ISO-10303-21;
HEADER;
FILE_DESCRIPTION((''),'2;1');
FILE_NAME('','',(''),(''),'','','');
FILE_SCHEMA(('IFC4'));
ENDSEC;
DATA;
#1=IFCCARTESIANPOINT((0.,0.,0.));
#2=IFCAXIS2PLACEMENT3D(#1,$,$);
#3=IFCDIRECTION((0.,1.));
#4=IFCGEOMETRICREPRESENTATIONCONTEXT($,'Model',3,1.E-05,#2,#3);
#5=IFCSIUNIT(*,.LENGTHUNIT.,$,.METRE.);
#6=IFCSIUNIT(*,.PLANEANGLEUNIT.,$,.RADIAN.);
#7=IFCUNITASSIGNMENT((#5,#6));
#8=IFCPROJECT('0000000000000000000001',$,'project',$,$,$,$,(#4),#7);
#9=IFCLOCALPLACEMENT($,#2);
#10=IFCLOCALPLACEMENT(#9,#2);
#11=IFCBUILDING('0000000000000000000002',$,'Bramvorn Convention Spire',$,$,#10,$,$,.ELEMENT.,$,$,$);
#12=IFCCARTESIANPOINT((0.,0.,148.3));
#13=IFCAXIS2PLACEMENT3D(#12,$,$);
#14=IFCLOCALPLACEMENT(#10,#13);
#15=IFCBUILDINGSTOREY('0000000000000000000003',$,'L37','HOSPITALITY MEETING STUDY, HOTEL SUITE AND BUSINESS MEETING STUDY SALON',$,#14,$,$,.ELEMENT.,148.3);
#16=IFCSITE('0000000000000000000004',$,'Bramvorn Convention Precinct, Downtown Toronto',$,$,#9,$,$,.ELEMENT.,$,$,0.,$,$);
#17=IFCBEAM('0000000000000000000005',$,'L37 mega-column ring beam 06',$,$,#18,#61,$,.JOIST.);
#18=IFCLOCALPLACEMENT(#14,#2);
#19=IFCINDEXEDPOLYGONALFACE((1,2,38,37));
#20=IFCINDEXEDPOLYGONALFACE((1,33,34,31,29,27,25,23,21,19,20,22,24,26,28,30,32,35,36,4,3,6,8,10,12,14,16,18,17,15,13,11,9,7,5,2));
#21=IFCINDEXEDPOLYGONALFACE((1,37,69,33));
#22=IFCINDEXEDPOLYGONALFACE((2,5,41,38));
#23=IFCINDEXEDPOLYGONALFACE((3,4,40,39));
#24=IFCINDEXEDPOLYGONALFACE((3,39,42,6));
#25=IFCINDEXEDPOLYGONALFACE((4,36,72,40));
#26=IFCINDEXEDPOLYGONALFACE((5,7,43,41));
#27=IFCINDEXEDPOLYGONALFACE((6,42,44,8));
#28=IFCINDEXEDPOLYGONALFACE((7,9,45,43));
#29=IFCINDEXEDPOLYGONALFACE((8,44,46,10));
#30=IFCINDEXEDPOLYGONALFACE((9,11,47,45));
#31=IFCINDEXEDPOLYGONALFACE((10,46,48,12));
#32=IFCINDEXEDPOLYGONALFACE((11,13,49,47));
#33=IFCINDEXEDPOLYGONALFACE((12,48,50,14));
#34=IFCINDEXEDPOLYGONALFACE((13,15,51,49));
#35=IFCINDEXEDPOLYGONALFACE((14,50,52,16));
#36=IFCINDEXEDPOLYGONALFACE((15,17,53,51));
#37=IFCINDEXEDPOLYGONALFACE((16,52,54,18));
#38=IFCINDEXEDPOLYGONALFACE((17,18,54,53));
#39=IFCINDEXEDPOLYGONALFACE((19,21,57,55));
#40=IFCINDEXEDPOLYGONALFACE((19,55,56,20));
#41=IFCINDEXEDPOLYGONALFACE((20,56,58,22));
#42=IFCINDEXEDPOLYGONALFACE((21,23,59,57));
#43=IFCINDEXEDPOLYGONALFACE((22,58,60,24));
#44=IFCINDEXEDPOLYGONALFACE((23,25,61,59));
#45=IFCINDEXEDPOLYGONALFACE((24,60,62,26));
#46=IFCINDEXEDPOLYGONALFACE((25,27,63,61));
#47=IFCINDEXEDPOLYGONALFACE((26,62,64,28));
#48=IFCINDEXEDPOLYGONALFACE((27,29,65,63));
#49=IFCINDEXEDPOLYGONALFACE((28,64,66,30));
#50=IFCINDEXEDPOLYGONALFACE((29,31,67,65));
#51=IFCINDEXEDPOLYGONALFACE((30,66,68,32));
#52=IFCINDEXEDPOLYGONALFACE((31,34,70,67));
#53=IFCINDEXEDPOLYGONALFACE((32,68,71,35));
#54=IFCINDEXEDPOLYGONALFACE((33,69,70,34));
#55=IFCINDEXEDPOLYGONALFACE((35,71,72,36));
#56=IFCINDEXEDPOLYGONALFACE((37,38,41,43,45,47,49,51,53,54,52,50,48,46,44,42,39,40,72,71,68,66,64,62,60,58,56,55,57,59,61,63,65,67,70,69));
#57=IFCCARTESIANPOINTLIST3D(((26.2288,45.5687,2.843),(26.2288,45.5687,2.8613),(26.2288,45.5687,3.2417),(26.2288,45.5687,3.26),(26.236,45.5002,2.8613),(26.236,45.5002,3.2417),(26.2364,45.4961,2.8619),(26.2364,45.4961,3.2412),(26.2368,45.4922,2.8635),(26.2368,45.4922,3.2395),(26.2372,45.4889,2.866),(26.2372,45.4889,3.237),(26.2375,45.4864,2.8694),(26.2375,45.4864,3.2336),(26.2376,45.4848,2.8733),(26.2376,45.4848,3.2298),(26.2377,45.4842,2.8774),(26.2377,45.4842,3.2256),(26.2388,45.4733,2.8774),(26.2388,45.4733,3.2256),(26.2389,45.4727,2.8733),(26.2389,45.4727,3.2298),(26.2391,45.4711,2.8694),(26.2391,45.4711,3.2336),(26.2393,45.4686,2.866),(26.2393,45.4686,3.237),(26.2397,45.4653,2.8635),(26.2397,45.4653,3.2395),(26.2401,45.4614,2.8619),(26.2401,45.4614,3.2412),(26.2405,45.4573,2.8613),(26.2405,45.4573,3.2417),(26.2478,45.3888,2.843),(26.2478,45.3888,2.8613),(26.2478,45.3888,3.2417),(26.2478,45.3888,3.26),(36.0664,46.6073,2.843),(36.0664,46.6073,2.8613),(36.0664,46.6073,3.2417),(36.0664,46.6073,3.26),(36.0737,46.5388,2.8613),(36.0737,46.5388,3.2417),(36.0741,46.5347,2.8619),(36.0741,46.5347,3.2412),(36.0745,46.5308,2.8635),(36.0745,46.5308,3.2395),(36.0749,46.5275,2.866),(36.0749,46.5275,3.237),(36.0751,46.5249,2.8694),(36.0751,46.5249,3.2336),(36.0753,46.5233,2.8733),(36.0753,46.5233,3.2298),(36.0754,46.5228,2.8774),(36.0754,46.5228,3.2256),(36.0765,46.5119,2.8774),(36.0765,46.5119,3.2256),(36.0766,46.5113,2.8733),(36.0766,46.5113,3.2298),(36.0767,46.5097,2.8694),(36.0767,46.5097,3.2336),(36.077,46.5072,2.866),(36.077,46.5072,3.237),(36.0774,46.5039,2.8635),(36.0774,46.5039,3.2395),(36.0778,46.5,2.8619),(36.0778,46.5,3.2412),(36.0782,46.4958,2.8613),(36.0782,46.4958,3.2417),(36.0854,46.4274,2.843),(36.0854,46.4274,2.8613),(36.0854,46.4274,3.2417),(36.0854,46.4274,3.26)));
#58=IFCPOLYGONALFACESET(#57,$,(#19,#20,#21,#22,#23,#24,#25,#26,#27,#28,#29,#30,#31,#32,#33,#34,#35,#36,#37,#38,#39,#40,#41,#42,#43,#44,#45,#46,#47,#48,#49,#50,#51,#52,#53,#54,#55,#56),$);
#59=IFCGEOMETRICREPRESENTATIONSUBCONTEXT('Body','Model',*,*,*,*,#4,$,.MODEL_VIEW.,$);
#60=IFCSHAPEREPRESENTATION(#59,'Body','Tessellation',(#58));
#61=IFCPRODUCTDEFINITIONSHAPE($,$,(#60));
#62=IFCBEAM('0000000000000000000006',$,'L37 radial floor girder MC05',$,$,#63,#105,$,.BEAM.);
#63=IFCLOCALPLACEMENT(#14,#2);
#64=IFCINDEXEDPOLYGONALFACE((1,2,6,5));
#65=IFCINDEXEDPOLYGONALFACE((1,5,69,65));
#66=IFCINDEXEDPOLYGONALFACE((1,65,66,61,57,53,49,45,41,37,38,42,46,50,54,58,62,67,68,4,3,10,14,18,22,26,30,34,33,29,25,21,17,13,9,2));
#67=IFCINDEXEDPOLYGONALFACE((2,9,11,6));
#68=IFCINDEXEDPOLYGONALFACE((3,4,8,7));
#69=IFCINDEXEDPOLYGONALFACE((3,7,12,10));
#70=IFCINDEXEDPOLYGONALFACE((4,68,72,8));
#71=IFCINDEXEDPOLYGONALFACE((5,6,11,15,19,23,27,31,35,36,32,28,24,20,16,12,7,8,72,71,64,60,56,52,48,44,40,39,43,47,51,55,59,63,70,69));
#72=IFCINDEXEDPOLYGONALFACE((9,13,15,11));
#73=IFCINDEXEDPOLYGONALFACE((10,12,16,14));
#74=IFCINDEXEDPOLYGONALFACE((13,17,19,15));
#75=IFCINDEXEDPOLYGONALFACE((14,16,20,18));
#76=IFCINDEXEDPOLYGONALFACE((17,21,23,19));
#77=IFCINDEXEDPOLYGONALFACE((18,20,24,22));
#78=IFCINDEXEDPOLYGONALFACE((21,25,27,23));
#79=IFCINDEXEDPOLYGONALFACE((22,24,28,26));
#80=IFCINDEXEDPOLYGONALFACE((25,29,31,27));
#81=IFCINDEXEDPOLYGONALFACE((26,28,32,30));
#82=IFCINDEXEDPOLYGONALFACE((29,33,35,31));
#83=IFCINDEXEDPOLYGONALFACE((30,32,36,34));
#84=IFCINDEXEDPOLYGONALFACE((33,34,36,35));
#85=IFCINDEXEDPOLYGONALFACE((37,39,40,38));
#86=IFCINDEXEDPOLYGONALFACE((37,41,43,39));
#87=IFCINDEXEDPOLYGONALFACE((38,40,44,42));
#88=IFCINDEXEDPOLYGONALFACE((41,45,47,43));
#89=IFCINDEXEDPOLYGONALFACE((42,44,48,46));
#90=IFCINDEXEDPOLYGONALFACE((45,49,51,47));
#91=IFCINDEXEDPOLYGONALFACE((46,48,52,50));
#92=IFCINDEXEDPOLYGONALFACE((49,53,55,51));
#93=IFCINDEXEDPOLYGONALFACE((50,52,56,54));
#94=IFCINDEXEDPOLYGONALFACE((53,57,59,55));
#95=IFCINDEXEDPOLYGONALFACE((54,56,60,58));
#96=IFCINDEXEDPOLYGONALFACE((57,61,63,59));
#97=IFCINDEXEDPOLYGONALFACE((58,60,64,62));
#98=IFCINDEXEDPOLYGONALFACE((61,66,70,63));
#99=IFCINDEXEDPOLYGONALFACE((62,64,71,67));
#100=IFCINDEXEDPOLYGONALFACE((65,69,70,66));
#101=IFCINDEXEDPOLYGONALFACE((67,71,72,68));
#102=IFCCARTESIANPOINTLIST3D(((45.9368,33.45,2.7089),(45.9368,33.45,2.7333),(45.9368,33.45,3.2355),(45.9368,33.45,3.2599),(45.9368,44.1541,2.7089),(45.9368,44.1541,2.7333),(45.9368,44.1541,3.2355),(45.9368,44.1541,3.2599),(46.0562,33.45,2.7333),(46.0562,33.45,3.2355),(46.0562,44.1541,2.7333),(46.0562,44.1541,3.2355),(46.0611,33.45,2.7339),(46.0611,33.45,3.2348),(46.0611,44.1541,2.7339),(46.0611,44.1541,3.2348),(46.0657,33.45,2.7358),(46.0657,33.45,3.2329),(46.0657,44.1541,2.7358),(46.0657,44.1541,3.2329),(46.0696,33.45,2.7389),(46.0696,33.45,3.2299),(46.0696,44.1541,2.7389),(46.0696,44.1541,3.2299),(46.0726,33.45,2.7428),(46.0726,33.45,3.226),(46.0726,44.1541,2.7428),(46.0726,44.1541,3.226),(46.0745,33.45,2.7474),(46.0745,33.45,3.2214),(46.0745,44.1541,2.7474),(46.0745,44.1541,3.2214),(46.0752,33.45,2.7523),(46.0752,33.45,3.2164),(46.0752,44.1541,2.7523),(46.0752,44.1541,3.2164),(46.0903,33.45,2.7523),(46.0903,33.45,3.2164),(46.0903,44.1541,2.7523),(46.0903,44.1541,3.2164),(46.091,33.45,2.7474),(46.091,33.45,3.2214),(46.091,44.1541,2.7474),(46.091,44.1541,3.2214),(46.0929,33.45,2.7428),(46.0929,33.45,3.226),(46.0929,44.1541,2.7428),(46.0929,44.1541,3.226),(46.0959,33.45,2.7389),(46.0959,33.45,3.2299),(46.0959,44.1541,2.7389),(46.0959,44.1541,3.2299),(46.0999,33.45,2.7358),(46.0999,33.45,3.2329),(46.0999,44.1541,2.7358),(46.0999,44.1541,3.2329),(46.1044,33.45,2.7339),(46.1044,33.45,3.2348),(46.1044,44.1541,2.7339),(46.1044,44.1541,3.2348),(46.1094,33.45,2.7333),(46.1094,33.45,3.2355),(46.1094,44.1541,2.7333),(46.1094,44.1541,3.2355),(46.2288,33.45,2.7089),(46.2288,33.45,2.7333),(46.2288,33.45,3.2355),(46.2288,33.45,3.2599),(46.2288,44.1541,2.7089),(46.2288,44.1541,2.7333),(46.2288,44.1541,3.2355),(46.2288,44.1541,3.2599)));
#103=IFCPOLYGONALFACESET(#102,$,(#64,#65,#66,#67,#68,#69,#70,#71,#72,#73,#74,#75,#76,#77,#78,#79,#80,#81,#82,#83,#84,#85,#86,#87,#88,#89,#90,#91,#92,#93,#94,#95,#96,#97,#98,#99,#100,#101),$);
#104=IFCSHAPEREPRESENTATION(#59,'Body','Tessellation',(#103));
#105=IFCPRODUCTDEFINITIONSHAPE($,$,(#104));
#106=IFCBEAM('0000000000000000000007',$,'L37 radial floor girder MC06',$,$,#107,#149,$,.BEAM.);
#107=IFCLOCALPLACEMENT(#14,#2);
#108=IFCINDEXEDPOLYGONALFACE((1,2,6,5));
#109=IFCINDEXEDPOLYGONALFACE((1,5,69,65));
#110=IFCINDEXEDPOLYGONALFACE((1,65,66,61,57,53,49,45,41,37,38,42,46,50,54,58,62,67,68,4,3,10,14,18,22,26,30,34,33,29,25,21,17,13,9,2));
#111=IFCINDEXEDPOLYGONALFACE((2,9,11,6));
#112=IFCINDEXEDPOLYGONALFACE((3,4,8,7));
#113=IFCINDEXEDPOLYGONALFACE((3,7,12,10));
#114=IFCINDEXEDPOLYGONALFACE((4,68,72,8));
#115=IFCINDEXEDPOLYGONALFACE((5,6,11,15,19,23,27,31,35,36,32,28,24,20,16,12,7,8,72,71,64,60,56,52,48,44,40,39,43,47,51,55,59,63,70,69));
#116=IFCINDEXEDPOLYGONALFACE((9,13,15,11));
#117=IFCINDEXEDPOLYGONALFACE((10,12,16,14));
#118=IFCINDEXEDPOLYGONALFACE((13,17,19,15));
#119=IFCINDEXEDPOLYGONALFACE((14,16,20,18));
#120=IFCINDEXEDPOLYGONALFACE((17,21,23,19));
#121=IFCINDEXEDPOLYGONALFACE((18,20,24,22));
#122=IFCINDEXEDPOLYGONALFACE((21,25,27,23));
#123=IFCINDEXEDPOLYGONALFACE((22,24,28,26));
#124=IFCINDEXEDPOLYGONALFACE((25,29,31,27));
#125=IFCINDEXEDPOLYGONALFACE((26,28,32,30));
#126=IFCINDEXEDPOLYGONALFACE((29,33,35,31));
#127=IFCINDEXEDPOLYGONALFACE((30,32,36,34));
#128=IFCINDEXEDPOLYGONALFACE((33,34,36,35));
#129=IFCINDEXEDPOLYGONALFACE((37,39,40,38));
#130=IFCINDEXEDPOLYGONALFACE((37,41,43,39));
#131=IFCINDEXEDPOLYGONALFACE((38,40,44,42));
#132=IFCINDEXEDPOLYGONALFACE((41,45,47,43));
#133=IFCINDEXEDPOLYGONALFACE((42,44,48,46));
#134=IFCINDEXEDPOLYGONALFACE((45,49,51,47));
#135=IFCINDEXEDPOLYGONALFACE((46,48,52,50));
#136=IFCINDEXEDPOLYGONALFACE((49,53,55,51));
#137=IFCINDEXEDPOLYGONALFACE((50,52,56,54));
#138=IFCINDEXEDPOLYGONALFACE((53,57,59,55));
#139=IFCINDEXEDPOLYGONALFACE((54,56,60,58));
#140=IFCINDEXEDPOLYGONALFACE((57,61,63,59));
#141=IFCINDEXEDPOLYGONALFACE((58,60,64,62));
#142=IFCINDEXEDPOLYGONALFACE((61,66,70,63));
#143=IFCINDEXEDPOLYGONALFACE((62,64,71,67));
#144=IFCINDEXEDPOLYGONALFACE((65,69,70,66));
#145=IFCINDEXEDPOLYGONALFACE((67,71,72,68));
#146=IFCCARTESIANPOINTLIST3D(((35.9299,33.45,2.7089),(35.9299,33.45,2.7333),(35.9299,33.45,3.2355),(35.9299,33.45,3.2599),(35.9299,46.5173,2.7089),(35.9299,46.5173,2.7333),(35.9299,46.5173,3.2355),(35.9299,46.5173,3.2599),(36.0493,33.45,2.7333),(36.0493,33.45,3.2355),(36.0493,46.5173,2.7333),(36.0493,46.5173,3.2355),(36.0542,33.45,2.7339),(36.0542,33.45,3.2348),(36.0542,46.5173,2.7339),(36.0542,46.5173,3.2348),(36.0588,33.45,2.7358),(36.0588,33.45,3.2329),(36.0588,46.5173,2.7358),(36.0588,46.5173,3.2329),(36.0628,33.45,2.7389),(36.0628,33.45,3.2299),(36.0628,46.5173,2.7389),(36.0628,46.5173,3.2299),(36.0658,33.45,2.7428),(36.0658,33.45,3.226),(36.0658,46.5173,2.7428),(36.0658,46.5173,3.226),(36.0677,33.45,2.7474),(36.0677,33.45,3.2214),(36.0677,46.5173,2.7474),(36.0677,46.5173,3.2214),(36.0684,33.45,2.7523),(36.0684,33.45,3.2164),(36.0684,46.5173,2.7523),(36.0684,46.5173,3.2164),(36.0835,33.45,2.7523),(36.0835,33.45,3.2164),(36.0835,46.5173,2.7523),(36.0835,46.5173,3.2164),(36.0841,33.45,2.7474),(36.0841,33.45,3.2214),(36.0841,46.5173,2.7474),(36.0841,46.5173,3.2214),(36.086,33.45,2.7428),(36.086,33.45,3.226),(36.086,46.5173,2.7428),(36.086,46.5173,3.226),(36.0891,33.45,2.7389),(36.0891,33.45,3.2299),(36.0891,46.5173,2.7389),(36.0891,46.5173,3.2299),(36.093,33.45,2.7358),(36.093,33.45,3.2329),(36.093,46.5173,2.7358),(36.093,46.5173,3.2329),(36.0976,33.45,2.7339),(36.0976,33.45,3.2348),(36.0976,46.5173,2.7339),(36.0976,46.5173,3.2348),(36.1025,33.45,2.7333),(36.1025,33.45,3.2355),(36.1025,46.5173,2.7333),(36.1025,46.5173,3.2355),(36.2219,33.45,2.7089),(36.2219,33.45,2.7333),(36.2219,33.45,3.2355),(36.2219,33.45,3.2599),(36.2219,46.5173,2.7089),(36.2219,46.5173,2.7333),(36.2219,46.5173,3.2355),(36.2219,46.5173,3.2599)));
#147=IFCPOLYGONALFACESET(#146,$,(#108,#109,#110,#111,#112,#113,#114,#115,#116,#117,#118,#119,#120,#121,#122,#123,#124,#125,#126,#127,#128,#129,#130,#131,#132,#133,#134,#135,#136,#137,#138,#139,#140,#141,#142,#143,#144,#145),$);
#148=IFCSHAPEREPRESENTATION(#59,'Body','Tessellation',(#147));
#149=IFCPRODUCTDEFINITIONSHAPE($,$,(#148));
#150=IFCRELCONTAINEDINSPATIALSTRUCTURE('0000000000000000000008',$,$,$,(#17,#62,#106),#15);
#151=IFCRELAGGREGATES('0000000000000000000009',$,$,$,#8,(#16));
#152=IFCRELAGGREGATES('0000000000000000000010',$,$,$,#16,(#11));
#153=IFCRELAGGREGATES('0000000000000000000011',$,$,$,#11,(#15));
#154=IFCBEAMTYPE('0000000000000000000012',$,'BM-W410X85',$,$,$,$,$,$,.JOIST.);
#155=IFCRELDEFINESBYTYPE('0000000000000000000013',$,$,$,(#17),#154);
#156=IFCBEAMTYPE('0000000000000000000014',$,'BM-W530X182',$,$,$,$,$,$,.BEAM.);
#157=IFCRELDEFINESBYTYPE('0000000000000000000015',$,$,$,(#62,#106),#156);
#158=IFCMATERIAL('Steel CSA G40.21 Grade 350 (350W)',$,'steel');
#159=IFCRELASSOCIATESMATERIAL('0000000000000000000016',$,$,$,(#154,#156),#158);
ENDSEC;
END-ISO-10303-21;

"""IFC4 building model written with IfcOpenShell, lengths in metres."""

from ifc_helpers import new_model, si_unit, direction, frame, origin, origin_2d, place, context, subcontext, project, spatial, i_section, extrude, material, material_profile, profile_set, type_object, element, save


model = new_model("IFC4")

# Units and contexts
model_context = context("Model", 3, precision=1e-05, world=origin(), true_north=direction((0.0, 1.0)))
body_context = subcontext(model_context, "Body", "Model", "MODEL_VIEW")
ifc_project = project(units=[si_unit("LENGTHUNIT", "METRE"), si_unit("PLANEANGLEUNIT", "RADIAN")], contexts=[model_context])

# Site, building, storey
site_placement = place(None, origin())
site = spatial("IfcSite", under=ifc_project, at=site_placement, Name="Bramvorn Convention Precinct, Downtown Toronto", CompositionType="ELEMENT", RefElevation=0.0)
building_placement = place(site_placement, origin())
building = spatial("IfcBuilding", under=site, at=building_placement, Name="Bramvorn Convention Spire", CompositionType="ELEMENT")
storey_placement = place(building_placement, frame((0.0, 0.0, 148.3)))
storey = spatial("IfcBuildingStorey", under=building, at=storey_placement, Name="L37", Description="HOSPITALITY MEETING STUDY, HOTEL SUITE AND BUSINESS MEETING STUDY SALON", CompositionType="ELEMENT", Elevation=148.3)

# Shared definitions
ifc_material_1 = material(Name="Steel CSA G40.21 Grade 350 (350W)", Category="steel")

# Beams
ifc_material_profile_1 = material_profile(ifc_material_1, i_section(OverallWidth=0.1809, OverallDepth=0.417, WebThickness=0.011, FlangeThickness=0.0183, FilletRadius=0.0161, at=origin_2d()))
ifc_profile_set_1 = profile_set([ifc_material_profile_1], Name="Steel CSA G40.21 Grade 350 (350W) - W410X85")
beam_type_1 = type_object("IfcBeamType", Name="BM-W410X85", PredefinedType="JOIST", material=ifc_profile_set_1)
beam_1_placement = place(storey_placement, frame((36.0759, 46.5173, 3.0515), z_axis=(-0.994473, -0.104988, 0.0), x_axis=(0.104988, -0.994473, 0.0)))
element("IfcBeam", 1, at=beam_1_placement, inside=storey, type_object=beam_type_1, Name="L37 mega-column ring beam 06", PredefinedType="JOIST", context=body_context, shape_type="SweptSolid", body=[
    extrude(i_section(OverallWidth=0.1809, OverallDepth=0.417, WebThickness=0.011, FlangeThickness=0.0183, FilletRadius=0.0161, at=origin_2d()), origin(), (0.0, 0.0, 1.0), 9.8923),
])
ifc_material_profile_2 = material_profile(ifc_material_1, i_section(OverallWidth=0.292, OverallDepth=0.551, WebThickness=0.0151, FlangeThickness=0.0244, FilletRadius=0.019, at=origin_2d()))
ifc_profile_set_2 = profile_set([ifc_material_profile_2], Name="Steel CSA G40.21 Grade 350 (350W) - W530X182")
beam_type_2 = type_object("IfcBeamType", Name="BM-W530X182", PredefinedType="BEAM", material=ifc_profile_set_2)
beam_2_placement = place(storey_placement, frame((46.0828, 33.45, 2.9844), z_axis=(0.0, 1.0, 0.0), x_axis=(-1.0, 0.0, 0.0)))
element("IfcBeam", 2, at=beam_2_placement, inside=storey, type_object=beam_type_2, Name="L37 radial floor girder MC05", PredefinedType="BEAM", context=body_context, shape_type="SweptSolid", body=[
    extrude(i_section(OverallWidth=0.292, OverallDepth=0.551, WebThickness=0.0151, FlangeThickness=0.0244, FilletRadius=0.019, at=origin_2d()), origin(), (0.0, 0.0, 1.0), 10.7041),
])
beam_3_placement = place(storey_placement, frame((36.0759, 33.45, 2.9844), z_axis=(0.0, 1.0, 0.0), x_axis=(-1.0, 0.0, 0.0)))
element("IfcBeam", 3, at=beam_3_placement, inside=storey, type_object=beam_type_2, Name="L37 radial floor girder MC06", PredefinedType="BEAM", context=body_context, shape_type="SweptSolid", body=[
    extrude(i_section(OverallWidth=0.292, OverallDepth=0.551, WebThickness=0.0151, FlangeThickness=0.0244, FilletRadius=0.019, at=origin_2d()), origin(), (0.0, 0.0, 1.0), 13.0674),
])

save(model, "model.ifc")
